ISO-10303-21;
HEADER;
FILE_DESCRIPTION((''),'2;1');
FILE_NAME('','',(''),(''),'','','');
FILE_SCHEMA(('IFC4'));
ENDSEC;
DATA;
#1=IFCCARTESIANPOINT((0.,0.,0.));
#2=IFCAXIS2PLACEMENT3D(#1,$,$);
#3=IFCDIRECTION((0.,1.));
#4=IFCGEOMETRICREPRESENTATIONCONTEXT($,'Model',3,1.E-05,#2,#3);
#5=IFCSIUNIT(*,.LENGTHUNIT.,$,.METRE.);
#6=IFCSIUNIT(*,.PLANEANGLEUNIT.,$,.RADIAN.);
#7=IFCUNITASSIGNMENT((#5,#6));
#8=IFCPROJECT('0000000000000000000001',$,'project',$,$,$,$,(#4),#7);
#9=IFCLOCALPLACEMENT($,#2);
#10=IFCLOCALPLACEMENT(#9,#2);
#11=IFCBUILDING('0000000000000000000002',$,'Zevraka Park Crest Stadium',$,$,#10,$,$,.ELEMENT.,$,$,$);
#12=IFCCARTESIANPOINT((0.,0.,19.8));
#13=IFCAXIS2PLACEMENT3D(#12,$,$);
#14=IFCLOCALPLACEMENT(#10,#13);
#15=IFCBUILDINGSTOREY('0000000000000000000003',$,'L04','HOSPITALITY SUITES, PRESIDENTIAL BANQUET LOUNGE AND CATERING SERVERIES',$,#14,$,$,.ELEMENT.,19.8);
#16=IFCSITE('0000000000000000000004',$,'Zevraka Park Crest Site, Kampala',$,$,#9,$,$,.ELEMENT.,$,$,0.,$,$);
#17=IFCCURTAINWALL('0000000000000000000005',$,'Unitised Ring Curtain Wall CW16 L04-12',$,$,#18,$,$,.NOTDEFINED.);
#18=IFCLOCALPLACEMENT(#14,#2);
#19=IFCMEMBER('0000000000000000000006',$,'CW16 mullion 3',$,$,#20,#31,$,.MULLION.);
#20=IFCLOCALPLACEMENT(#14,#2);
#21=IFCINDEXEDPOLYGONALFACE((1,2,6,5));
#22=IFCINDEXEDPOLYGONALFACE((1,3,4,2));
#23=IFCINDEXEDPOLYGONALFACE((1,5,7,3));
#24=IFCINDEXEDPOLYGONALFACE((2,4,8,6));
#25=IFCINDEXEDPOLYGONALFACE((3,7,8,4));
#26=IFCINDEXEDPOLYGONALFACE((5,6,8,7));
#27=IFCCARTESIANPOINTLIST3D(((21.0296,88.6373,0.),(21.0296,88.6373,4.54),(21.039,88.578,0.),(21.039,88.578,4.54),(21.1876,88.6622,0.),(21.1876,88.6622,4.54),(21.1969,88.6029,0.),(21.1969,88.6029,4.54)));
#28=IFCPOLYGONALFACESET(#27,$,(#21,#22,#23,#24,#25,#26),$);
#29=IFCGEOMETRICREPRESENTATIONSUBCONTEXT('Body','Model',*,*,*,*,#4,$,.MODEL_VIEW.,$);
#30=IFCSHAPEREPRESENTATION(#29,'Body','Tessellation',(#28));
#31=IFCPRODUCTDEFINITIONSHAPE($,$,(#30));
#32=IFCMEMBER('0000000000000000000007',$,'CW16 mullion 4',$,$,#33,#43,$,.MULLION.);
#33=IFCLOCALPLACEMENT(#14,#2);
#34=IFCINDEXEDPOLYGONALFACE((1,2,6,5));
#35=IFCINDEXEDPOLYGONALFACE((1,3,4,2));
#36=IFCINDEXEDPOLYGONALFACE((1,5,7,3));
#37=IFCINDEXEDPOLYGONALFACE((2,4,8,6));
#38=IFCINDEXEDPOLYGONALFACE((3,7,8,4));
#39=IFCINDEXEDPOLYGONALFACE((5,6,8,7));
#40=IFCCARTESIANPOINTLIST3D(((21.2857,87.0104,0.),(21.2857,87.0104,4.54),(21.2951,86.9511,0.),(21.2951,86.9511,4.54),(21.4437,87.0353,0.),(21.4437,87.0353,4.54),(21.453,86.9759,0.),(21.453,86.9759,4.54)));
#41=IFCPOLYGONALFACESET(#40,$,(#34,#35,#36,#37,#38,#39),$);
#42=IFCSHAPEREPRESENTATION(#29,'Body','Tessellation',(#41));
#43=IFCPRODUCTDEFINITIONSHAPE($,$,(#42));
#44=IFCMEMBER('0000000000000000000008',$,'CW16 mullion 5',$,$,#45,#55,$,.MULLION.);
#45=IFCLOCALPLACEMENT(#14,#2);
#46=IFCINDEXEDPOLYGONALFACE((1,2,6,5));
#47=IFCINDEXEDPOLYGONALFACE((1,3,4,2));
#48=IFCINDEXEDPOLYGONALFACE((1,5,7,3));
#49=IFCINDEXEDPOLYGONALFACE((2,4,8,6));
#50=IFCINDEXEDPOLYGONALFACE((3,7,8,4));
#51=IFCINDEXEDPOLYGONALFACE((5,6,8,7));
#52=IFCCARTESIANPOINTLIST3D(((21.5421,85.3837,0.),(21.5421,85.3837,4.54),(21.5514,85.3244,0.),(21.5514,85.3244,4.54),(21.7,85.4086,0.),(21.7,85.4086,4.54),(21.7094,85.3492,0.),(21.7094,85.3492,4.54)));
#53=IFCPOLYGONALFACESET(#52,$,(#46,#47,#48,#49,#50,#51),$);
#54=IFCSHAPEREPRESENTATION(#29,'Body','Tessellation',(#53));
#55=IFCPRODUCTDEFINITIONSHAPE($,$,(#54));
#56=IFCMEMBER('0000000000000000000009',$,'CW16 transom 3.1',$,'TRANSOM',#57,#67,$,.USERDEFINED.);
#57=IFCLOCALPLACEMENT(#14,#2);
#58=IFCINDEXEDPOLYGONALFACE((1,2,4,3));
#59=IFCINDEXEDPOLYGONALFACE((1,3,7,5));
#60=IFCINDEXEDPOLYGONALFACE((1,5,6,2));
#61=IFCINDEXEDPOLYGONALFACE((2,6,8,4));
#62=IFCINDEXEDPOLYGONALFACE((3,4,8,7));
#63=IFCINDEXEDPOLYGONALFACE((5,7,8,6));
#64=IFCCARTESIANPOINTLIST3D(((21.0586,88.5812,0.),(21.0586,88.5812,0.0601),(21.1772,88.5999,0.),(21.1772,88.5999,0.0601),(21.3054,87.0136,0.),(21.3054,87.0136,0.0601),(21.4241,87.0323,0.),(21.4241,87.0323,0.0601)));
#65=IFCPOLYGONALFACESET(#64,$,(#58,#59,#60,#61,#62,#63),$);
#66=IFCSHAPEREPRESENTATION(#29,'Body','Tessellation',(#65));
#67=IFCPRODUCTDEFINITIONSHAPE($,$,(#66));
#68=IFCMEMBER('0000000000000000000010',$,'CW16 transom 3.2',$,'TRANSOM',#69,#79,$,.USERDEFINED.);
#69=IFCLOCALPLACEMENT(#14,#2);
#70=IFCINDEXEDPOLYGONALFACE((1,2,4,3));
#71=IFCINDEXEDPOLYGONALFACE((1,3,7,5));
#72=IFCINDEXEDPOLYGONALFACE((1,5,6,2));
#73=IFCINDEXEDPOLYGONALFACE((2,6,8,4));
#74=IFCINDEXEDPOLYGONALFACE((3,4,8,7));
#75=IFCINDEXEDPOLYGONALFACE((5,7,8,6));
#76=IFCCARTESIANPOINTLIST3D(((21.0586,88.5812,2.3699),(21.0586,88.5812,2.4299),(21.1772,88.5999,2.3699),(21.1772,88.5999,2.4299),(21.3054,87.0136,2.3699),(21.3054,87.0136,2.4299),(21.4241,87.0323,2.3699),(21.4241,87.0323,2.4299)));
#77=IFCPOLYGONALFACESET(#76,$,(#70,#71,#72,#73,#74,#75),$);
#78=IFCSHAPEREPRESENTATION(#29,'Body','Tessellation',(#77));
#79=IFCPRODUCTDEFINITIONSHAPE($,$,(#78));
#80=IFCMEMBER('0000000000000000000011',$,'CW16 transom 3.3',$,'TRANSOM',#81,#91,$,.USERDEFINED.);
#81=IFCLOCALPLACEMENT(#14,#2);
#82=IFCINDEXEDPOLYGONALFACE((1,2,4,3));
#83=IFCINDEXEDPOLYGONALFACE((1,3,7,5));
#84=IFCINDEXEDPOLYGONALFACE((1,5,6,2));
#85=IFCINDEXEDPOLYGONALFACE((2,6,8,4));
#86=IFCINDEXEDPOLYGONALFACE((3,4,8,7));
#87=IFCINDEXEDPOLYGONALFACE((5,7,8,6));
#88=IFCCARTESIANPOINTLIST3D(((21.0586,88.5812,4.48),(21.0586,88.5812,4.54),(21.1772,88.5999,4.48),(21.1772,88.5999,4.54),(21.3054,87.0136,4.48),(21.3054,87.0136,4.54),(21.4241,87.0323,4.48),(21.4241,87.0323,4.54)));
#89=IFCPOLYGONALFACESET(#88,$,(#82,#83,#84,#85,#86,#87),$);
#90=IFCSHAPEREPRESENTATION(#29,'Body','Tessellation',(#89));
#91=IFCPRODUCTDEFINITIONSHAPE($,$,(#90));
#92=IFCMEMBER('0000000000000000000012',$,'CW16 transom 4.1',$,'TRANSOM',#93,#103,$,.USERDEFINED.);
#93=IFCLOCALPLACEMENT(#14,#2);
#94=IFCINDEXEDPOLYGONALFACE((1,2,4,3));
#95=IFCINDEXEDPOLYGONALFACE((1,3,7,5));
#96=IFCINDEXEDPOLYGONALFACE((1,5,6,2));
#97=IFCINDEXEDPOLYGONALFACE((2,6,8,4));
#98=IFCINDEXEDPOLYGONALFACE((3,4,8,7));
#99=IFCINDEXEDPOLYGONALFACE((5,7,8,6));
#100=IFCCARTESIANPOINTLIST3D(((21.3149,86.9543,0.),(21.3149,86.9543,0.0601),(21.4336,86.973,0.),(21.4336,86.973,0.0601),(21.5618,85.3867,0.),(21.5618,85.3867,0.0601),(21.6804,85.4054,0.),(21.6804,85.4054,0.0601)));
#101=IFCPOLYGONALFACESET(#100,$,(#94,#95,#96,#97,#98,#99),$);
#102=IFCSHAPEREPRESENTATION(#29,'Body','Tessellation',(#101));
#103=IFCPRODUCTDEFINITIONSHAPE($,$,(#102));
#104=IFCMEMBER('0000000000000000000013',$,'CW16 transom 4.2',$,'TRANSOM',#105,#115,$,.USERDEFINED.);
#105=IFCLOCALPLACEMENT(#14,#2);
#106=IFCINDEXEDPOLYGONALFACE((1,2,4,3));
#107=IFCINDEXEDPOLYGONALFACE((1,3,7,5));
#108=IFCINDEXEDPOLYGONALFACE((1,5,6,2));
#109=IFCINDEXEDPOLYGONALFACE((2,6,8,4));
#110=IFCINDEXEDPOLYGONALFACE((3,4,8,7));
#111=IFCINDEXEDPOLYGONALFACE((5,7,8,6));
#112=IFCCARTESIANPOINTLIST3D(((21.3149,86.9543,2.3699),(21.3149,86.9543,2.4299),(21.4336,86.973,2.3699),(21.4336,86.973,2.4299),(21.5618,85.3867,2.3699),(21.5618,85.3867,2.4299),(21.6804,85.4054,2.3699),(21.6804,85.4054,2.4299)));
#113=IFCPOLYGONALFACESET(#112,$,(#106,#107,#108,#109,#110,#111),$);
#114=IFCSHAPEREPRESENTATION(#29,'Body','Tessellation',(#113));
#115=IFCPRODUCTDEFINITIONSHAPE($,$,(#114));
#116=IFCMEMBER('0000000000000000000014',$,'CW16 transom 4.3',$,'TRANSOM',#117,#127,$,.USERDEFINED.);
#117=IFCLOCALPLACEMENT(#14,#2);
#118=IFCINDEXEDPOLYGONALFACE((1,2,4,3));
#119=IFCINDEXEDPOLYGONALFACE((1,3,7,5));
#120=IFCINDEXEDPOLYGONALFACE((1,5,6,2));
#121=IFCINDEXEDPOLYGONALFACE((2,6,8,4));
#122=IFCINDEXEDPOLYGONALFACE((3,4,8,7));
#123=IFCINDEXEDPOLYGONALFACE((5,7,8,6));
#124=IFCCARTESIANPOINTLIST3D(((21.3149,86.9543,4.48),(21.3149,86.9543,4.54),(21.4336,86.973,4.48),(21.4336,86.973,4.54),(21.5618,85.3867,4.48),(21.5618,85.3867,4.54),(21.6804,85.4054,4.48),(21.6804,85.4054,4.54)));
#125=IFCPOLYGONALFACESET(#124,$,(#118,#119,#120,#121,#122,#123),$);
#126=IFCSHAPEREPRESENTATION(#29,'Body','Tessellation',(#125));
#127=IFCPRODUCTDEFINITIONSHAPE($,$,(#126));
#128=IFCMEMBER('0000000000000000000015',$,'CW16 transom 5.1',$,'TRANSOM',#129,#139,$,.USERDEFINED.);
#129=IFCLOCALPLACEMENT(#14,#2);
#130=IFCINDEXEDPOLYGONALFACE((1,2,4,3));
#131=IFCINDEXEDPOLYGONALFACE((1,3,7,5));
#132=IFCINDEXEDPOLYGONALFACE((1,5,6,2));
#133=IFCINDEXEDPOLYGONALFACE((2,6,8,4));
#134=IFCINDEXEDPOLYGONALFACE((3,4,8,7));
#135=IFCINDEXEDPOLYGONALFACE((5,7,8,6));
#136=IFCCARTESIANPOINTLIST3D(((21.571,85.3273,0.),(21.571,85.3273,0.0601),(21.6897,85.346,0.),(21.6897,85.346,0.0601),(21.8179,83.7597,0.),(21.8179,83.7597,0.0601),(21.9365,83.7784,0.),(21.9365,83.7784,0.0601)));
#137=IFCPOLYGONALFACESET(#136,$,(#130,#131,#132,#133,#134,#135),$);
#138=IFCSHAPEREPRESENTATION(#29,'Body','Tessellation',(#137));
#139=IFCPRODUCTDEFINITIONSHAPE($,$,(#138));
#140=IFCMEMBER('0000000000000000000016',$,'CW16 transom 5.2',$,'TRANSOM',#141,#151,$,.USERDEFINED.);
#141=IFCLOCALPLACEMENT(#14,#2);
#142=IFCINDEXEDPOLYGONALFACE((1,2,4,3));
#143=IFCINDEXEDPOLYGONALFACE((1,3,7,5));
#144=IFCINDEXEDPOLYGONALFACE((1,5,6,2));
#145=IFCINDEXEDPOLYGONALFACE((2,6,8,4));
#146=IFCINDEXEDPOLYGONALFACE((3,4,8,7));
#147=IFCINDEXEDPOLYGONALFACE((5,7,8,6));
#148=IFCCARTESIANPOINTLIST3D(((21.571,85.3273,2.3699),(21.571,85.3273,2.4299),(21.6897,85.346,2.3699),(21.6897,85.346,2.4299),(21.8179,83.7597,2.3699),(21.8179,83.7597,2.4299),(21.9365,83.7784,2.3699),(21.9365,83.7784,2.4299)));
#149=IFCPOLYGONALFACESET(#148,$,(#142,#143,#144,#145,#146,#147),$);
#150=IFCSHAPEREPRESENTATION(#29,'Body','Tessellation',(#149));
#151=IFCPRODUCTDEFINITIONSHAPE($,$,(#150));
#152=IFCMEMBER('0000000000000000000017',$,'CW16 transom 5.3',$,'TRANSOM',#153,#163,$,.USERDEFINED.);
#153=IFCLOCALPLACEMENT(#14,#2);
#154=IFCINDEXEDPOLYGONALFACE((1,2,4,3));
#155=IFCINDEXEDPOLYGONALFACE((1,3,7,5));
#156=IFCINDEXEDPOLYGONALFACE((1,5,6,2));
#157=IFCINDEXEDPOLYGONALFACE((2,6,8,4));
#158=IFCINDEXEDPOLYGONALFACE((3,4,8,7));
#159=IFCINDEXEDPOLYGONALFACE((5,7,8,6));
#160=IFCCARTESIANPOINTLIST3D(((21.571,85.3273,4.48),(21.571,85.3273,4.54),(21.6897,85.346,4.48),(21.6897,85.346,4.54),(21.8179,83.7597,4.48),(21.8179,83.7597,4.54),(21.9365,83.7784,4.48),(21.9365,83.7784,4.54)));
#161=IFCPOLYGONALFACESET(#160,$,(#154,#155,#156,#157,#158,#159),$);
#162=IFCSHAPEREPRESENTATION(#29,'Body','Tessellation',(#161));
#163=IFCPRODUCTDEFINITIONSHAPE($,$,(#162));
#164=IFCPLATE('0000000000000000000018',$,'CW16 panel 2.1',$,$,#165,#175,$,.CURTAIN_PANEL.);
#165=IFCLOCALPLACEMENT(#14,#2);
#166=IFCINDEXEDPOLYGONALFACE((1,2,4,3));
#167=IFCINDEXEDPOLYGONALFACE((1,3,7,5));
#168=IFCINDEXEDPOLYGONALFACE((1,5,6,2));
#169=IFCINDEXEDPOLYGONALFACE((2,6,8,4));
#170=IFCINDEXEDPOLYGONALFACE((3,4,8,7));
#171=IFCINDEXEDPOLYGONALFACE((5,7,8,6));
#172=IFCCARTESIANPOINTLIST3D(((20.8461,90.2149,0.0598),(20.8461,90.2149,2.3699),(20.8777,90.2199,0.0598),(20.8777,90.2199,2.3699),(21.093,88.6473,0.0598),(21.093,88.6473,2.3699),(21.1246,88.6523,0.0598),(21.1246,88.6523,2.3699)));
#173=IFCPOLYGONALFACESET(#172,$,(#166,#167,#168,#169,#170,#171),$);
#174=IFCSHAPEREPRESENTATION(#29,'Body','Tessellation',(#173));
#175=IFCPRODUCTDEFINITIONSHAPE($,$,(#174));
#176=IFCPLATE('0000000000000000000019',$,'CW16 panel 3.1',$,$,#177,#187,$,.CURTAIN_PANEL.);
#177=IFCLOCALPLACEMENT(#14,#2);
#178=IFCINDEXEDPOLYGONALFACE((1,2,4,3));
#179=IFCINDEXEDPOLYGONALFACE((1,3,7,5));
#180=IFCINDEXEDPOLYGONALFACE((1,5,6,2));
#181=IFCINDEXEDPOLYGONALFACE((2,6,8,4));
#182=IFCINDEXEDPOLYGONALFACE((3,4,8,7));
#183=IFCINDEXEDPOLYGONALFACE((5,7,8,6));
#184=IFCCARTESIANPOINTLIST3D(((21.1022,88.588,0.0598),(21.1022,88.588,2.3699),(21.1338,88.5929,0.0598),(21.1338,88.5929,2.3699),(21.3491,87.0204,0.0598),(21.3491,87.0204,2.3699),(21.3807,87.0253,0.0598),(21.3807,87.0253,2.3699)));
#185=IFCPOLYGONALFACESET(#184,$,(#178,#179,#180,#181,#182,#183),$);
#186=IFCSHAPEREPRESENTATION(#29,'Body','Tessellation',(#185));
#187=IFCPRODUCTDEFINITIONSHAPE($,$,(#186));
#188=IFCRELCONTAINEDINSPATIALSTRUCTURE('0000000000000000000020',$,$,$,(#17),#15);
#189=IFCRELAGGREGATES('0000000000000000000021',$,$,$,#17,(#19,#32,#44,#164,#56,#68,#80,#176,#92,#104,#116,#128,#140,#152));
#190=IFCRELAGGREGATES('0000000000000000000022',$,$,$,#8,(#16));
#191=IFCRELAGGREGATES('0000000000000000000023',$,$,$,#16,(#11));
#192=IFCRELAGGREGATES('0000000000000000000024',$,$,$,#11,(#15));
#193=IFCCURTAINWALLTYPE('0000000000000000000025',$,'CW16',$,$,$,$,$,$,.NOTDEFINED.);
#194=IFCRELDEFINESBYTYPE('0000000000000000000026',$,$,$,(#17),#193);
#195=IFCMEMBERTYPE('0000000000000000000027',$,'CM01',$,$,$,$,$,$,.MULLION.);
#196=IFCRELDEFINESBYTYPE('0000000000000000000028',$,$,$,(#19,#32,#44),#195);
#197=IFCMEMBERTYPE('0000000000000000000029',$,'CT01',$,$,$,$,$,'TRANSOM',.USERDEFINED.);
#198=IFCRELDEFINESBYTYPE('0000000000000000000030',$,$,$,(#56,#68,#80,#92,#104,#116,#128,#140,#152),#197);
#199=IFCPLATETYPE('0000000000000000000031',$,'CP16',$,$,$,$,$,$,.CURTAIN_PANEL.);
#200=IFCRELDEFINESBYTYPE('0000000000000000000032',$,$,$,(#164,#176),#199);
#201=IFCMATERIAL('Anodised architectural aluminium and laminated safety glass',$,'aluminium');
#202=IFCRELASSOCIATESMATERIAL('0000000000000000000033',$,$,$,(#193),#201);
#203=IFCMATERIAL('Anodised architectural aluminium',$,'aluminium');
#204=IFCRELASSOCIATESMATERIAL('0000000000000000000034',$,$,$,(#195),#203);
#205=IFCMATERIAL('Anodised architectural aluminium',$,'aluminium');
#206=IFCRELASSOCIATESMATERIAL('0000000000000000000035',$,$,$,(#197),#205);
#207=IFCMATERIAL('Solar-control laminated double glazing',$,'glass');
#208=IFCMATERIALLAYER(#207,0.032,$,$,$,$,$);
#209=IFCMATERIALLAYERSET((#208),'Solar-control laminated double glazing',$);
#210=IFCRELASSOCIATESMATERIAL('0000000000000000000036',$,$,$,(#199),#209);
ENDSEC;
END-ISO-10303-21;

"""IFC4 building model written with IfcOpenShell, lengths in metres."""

from ifc_helpers import new_model, si_unit, direction, frame, origin, origin_2d, place, context, subcontext, project, spatial, rectangle, extrude, material, layer, layer_set, material_profile, profile_set, type_object, element, aggregate, save


model = new_model("IFC4")

# Units and contexts
model_context = context("Model", 3, precision=1e-05, world=origin(), true_north=direction((0.0, 1.0)))
body_context = subcontext(model_context, "Body", "Model", "MODEL_VIEW")
ifc_project = project(units=[si_unit("LENGTHUNIT", "METRE"), si_unit("PLANEANGLEUNIT", "RADIAN")], contexts=[model_context])

# Site, building, storey
site_placement = place(None, origin())
site = spatial("IfcSite", under=ifc_project, at=site_placement, Name="Zevraka Park Crest Site, Kampala", CompositionType="ELEMENT", RefElevation=0.0)
building_placement = place(site_placement, origin())
building = spatial("IfcBuilding", under=site, at=building_placement, Name="Zevraka Park Crest Stadium", CompositionType="ELEMENT")
storey_placement = place(building_placement, frame((0.0, 0.0, 19.8)))
storey = spatial("IfcBuildingStorey", under=building, at=storey_placement, Name="L04", Description="HOSPITALITY SUITES, PRESIDENTIAL BANQUET LOUNGE AND CATERING SERVERIES", CompositionType="ELEMENT", Elevation=19.8)

# Curtain wall, members, plates
ifc_material_1 = material(Name="Anodised architectural aluminium and laminated safety glass", Category="aluminium")
curtain_wall_type = type_object("IfcCurtainWallType", Name="CW16", PredefinedType="NOTDEFINED", material=ifc_material_1)
curtain_wall_placement = place(storey_placement, origin())
curtain_wall = element("IfcCurtainWall", 1, at=curtain_wall_placement, inside=storey, type_object=curtain_wall_type, Name="Unitised Ring Curtain Wall CW16 L04-12", PredefinedType="NOTDEFINED")
ifc_material_2 = material(Name="Anodised architectural aluminium", Category="aluminium")
ifc_material_profile_1 = material_profile(ifc_material_2, rectangle(XDim=0.1599, YDim=0.0601, at=origin_2d()), Name="ALU MULLION 160x60")
ifc_profile_set_1 = profile_set([ifc_material_profile_1], Name="Anodised architectural aluminium")
member_type_1 = type_object("IfcMemberType", Name="CM01", PredefinedType="MULLION", material=ifc_profile_set_1)
member_1_placement = place(storey_placement, frame((21.1133, 88.6201, 0.0), z_axis=(0.0, 0.0, 1.0), x_axis=(0.98783, 0.155539, 0.0)))
member_1 = element("IfcMember", 2, at=member_1_placement, type_object=member_type_1, Name="CW16 mullion 3", PredefinedType="MULLION", context=body_context, shape_type="SweptSolid", body=[
    extrude(rectangle(XDim=0.1599, YDim=0.0601, at=origin_2d()), origin(), (0.0, 0.0, 1.0), 4.54),
])
member_2_placement = place(storey_placement, frame((21.3694, 86.9932, 0.0), z_axis=(0.0, 0.0, 1.0), x_axis=(0.98783, 0.155539, 0.0)))
member_2 = element("IfcMember", 3, at=member_2_placement, type_object=member_type_1, Name="CW16 mullion 4", PredefinedType="MULLION", context=body_context, shape_type="SweptSolid", body=[
    extrude(rectangle(XDim=0.1599, YDim=0.0601, at=origin_2d()), origin(), (0.0, 0.0, 1.0), 4.54),
])
member_3_placement = place(storey_placement, frame((21.6257, 85.3665, 0.0), z_axis=(0.0, 0.0, 1.0), x_axis=(0.98783, 0.155539, 0.0)))
member_3 = element("IfcMember", 4, at=member_3_placement, type_object=member_type_1, Name="CW16 mullion 5", PredefinedType="MULLION", context=body_context, shape_type="SweptSolid", body=[
    extrude(rectangle(XDim=0.1599, YDim=0.0601, at=origin_2d()), origin(), (0.0, 0.0, 1.0), 4.54),
])
ifc_material_3 = material(Name="Anodised architectural aluminium", Category="aluminium")
ifc_material_profile_2 = material_profile(ifc_material_3, rectangle(XDim=0.1201, YDim=0.0601, at=origin_2d()), Name="ALU TRANSOM 120x60")
ifc_profile_set_2 = profile_set([ifc_material_profile_2], Name="Anodised architectural aluminium")
member_type_2 = type_object("IfcMemberType", Name="CT01", ElementType="TRANSOM", PredefinedType="USERDEFINED", material=ifc_profile_set_2)
member_4_placement = place(storey_placement, frame((21.1179, 88.5906, 0.03), z_axis=(0.155536, -0.98783, 0.0), x_axis=(0.98783, 0.155536, 0.0)))
member_4 = element("IfcMember", 5, at=member_4_placement, type_object=member_type_2, Name="CW16 transom 3.1", ObjectType="TRANSOM", PredefinedType="USERDEFINED", context=body_context, shape_type="SweptSolid", body=[
    extrude(rectangle(XDim=0.1201, YDim=0.0601, at=origin_2d()), origin(), (0.0, 0.0, 1.0), 1.5869),
])
member_5_placement = place(storey_placement, frame((21.1179, 88.5906, 2.3999), z_axis=(0.155536, -0.98783, 0.0), x_axis=(0.98783, 0.155536, 0.0)))
member_5 = element("IfcMember", 6, at=member_5_placement, type_object=member_type_2, Name="CW16 transom 3.2", ObjectType="TRANSOM", PredefinedType="USERDEFINED", context=body_context, shape_type="SweptSolid", body=[
    extrude(rectangle(XDim=0.1201, YDim=0.0601, at=origin_2d()), origin(), (0.0, 0.0, 1.0), 1.5869),
])
member_6_placement = place(storey_placement, frame((21.1179, 88.5906, 4.51), z_axis=(0.155536, -0.98783, 0.0), x_axis=(0.98783, 0.155536, 0.0)))
member_6 = element("IfcMember", 7, at=member_6_placement, type_object=member_type_2, Name="CW16 transom 3.3", ObjectType="TRANSOM", PredefinedType="USERDEFINED", context=body_context, shape_type="SweptSolid", body=[
    extrude(rectangle(XDim=0.1201, YDim=0.0601, at=origin_2d()), origin(), (0.0, 0.0, 1.0), 1.5869),
])
member_7_placement = place(storey_placement, frame((21.3743, 86.9636, 0.03), z_axis=(0.155536, -0.98783, 0.0), x_axis=(0.98783, 0.155536, 0.0)))
member_7 = element("IfcMember", 8, at=member_7_placement, type_object=member_type_2, Name="CW16 transom 4.1", ObjectType="TRANSOM", PredefinedType="USERDEFINED", context=body_context, shape_type="SweptSolid", body=[
    extrude(rectangle(XDim=0.1201, YDim=0.0601, at=origin_2d()), origin(), (0.0, 0.0, 1.0), 1.5869),
])
member_8_placement = place(storey_placement, frame((21.3743, 86.9636, 2.3999), z_axis=(0.155536, -0.98783, 0.0), x_axis=(0.98783, 0.155536, 0.0)))
member_8 = element("IfcMember", 9, at=member_8_placement, type_object=member_type_2, Name="CW16 transom 4.2", ObjectType="TRANSOM", PredefinedType="USERDEFINED", context=body_context, shape_type="SweptSolid", body=[
    extrude(rectangle(XDim=0.1201, YDim=0.0601, at=origin_2d()), origin(), (0.0, 0.0, 1.0), 1.5869),
])
member_9_placement = place(storey_placement, frame((21.3743, 86.9636, 4.51), z_axis=(0.155536, -0.98783, 0.0), x_axis=(0.98783, 0.155536, 0.0)))
member_9 = element("IfcMember", 10, at=member_9_placement, type_object=member_type_2, Name="CW16 transom 4.3", ObjectType="TRANSOM", PredefinedType="USERDEFINED", context=body_context, shape_type="SweptSolid", body=[
    extrude(rectangle(XDim=0.1201, YDim=0.0601, at=origin_2d()), origin(), (0.0, 0.0, 1.0), 1.5869),
])
member_10_placement = place(storey_placement, frame((21.6304, 85.3367, 0.03), z_axis=(0.155536, -0.98783, 0.0), x_axis=(0.98783, 0.155536, 0.0)))
member_10 = element("IfcMember", 11, at=member_10_placement, type_object=member_type_2, Name="CW16 transom 5.1", ObjectType="TRANSOM", PredefinedType="USERDEFINED", context=body_context, shape_type="SweptSolid", body=[
    extrude(rectangle(XDim=0.1201, YDim=0.0601, at=origin_2d()), origin(), (0.0, 0.0, 1.0), 1.5869),
])
member_11_placement = place(storey_placement, frame((21.6304, 85.3367, 2.3999), z_axis=(0.155536, -0.98783, 0.0), x_axis=(0.98783, 0.155536, 0.0)))
member_11 = element("IfcMember", 12, at=member_11_placement, type_object=member_type_2, Name="CW16 transom 5.2", ObjectType="TRANSOM", PredefinedType="USERDEFINED", context=body_context, shape_type="SweptSolid", body=[
    extrude(rectangle(XDim=0.1201, YDim=0.0601, at=origin_2d()), origin(), (0.0, 0.0, 1.0), 1.5869),
])
member_12_placement = place(storey_placement, frame((21.6304, 85.3367, 4.51), z_axis=(0.155536, -0.98783, 0.0), x_axis=(0.98783, 0.155536, 0.0)))
member_12 = element("IfcMember", 13, at=member_12_placement, type_object=member_type_2, Name="CW16 transom 5.3", ObjectType="TRANSOM", PredefinedType="USERDEFINED", context=body_context, shape_type="SweptSolid", body=[
    extrude(rectangle(XDim=0.1201, YDim=0.0601, at=origin_2d()), origin(), (0.0, 0.0, 1.0), 1.5869),
])
ifc_material_4 = material(Name="Solar-control laminated double glazing", Category="glass")
ifc_layer_1 = layer(ifc_material_4, 0.032)
ifc_layer_set_1 = layer_set([ifc_layer_1], Name="Solar-control laminated double glazing")
plate_type = type_object("IfcPlateType", Name="CP16", PredefinedType="CURTAIN_PANEL", material=ifc_layer_set_1)
plate_1_placement = place(storey_placement, frame((20.9854, 89.4336, 0.0598), z_axis=(0.0, 0.0, 1.0), x_axis=(0.155539, -0.98783, 0.0)))
plate_1 = element("IfcPlate", 14, at=plate_1_placement, type_object=plate_type, Name="CW16 panel 2.1", PredefinedType="CURTAIN_PANEL", context=body_context, shape_type="SweptSolid", body=[
    extrude(rectangle(XDim=1.5869, YDim=0.032, at=origin_2d()), origin(), (0.0, 0.0, 1.0), 2.3101),
])
plate_2_placement = place(storey_placement, frame((21.2415, 87.8066, 0.0598), z_axis=(0.0, 0.0, 1.0), x_axis=(0.155539, -0.98783, 0.0)))
plate_2 = element("IfcPlate", 15, at=plate_2_placement, type_object=plate_type, Name="CW16 panel 3.1", PredefinedType="CURTAIN_PANEL", context=body_context, shape_type="SweptSolid", body=[
    extrude(rectangle(XDim=1.5869, YDim=0.032, at=origin_2d()), origin(), (0.0, 0.0, 1.0), 2.3101),
])
aggregate(curtain_wall, [member_1, member_2, member_3, plate_1, member_4, member_5, member_6, plate_2, member_7, member_8, member_9, member_10, member_11, member_12])

save(model, "model.ifc")
